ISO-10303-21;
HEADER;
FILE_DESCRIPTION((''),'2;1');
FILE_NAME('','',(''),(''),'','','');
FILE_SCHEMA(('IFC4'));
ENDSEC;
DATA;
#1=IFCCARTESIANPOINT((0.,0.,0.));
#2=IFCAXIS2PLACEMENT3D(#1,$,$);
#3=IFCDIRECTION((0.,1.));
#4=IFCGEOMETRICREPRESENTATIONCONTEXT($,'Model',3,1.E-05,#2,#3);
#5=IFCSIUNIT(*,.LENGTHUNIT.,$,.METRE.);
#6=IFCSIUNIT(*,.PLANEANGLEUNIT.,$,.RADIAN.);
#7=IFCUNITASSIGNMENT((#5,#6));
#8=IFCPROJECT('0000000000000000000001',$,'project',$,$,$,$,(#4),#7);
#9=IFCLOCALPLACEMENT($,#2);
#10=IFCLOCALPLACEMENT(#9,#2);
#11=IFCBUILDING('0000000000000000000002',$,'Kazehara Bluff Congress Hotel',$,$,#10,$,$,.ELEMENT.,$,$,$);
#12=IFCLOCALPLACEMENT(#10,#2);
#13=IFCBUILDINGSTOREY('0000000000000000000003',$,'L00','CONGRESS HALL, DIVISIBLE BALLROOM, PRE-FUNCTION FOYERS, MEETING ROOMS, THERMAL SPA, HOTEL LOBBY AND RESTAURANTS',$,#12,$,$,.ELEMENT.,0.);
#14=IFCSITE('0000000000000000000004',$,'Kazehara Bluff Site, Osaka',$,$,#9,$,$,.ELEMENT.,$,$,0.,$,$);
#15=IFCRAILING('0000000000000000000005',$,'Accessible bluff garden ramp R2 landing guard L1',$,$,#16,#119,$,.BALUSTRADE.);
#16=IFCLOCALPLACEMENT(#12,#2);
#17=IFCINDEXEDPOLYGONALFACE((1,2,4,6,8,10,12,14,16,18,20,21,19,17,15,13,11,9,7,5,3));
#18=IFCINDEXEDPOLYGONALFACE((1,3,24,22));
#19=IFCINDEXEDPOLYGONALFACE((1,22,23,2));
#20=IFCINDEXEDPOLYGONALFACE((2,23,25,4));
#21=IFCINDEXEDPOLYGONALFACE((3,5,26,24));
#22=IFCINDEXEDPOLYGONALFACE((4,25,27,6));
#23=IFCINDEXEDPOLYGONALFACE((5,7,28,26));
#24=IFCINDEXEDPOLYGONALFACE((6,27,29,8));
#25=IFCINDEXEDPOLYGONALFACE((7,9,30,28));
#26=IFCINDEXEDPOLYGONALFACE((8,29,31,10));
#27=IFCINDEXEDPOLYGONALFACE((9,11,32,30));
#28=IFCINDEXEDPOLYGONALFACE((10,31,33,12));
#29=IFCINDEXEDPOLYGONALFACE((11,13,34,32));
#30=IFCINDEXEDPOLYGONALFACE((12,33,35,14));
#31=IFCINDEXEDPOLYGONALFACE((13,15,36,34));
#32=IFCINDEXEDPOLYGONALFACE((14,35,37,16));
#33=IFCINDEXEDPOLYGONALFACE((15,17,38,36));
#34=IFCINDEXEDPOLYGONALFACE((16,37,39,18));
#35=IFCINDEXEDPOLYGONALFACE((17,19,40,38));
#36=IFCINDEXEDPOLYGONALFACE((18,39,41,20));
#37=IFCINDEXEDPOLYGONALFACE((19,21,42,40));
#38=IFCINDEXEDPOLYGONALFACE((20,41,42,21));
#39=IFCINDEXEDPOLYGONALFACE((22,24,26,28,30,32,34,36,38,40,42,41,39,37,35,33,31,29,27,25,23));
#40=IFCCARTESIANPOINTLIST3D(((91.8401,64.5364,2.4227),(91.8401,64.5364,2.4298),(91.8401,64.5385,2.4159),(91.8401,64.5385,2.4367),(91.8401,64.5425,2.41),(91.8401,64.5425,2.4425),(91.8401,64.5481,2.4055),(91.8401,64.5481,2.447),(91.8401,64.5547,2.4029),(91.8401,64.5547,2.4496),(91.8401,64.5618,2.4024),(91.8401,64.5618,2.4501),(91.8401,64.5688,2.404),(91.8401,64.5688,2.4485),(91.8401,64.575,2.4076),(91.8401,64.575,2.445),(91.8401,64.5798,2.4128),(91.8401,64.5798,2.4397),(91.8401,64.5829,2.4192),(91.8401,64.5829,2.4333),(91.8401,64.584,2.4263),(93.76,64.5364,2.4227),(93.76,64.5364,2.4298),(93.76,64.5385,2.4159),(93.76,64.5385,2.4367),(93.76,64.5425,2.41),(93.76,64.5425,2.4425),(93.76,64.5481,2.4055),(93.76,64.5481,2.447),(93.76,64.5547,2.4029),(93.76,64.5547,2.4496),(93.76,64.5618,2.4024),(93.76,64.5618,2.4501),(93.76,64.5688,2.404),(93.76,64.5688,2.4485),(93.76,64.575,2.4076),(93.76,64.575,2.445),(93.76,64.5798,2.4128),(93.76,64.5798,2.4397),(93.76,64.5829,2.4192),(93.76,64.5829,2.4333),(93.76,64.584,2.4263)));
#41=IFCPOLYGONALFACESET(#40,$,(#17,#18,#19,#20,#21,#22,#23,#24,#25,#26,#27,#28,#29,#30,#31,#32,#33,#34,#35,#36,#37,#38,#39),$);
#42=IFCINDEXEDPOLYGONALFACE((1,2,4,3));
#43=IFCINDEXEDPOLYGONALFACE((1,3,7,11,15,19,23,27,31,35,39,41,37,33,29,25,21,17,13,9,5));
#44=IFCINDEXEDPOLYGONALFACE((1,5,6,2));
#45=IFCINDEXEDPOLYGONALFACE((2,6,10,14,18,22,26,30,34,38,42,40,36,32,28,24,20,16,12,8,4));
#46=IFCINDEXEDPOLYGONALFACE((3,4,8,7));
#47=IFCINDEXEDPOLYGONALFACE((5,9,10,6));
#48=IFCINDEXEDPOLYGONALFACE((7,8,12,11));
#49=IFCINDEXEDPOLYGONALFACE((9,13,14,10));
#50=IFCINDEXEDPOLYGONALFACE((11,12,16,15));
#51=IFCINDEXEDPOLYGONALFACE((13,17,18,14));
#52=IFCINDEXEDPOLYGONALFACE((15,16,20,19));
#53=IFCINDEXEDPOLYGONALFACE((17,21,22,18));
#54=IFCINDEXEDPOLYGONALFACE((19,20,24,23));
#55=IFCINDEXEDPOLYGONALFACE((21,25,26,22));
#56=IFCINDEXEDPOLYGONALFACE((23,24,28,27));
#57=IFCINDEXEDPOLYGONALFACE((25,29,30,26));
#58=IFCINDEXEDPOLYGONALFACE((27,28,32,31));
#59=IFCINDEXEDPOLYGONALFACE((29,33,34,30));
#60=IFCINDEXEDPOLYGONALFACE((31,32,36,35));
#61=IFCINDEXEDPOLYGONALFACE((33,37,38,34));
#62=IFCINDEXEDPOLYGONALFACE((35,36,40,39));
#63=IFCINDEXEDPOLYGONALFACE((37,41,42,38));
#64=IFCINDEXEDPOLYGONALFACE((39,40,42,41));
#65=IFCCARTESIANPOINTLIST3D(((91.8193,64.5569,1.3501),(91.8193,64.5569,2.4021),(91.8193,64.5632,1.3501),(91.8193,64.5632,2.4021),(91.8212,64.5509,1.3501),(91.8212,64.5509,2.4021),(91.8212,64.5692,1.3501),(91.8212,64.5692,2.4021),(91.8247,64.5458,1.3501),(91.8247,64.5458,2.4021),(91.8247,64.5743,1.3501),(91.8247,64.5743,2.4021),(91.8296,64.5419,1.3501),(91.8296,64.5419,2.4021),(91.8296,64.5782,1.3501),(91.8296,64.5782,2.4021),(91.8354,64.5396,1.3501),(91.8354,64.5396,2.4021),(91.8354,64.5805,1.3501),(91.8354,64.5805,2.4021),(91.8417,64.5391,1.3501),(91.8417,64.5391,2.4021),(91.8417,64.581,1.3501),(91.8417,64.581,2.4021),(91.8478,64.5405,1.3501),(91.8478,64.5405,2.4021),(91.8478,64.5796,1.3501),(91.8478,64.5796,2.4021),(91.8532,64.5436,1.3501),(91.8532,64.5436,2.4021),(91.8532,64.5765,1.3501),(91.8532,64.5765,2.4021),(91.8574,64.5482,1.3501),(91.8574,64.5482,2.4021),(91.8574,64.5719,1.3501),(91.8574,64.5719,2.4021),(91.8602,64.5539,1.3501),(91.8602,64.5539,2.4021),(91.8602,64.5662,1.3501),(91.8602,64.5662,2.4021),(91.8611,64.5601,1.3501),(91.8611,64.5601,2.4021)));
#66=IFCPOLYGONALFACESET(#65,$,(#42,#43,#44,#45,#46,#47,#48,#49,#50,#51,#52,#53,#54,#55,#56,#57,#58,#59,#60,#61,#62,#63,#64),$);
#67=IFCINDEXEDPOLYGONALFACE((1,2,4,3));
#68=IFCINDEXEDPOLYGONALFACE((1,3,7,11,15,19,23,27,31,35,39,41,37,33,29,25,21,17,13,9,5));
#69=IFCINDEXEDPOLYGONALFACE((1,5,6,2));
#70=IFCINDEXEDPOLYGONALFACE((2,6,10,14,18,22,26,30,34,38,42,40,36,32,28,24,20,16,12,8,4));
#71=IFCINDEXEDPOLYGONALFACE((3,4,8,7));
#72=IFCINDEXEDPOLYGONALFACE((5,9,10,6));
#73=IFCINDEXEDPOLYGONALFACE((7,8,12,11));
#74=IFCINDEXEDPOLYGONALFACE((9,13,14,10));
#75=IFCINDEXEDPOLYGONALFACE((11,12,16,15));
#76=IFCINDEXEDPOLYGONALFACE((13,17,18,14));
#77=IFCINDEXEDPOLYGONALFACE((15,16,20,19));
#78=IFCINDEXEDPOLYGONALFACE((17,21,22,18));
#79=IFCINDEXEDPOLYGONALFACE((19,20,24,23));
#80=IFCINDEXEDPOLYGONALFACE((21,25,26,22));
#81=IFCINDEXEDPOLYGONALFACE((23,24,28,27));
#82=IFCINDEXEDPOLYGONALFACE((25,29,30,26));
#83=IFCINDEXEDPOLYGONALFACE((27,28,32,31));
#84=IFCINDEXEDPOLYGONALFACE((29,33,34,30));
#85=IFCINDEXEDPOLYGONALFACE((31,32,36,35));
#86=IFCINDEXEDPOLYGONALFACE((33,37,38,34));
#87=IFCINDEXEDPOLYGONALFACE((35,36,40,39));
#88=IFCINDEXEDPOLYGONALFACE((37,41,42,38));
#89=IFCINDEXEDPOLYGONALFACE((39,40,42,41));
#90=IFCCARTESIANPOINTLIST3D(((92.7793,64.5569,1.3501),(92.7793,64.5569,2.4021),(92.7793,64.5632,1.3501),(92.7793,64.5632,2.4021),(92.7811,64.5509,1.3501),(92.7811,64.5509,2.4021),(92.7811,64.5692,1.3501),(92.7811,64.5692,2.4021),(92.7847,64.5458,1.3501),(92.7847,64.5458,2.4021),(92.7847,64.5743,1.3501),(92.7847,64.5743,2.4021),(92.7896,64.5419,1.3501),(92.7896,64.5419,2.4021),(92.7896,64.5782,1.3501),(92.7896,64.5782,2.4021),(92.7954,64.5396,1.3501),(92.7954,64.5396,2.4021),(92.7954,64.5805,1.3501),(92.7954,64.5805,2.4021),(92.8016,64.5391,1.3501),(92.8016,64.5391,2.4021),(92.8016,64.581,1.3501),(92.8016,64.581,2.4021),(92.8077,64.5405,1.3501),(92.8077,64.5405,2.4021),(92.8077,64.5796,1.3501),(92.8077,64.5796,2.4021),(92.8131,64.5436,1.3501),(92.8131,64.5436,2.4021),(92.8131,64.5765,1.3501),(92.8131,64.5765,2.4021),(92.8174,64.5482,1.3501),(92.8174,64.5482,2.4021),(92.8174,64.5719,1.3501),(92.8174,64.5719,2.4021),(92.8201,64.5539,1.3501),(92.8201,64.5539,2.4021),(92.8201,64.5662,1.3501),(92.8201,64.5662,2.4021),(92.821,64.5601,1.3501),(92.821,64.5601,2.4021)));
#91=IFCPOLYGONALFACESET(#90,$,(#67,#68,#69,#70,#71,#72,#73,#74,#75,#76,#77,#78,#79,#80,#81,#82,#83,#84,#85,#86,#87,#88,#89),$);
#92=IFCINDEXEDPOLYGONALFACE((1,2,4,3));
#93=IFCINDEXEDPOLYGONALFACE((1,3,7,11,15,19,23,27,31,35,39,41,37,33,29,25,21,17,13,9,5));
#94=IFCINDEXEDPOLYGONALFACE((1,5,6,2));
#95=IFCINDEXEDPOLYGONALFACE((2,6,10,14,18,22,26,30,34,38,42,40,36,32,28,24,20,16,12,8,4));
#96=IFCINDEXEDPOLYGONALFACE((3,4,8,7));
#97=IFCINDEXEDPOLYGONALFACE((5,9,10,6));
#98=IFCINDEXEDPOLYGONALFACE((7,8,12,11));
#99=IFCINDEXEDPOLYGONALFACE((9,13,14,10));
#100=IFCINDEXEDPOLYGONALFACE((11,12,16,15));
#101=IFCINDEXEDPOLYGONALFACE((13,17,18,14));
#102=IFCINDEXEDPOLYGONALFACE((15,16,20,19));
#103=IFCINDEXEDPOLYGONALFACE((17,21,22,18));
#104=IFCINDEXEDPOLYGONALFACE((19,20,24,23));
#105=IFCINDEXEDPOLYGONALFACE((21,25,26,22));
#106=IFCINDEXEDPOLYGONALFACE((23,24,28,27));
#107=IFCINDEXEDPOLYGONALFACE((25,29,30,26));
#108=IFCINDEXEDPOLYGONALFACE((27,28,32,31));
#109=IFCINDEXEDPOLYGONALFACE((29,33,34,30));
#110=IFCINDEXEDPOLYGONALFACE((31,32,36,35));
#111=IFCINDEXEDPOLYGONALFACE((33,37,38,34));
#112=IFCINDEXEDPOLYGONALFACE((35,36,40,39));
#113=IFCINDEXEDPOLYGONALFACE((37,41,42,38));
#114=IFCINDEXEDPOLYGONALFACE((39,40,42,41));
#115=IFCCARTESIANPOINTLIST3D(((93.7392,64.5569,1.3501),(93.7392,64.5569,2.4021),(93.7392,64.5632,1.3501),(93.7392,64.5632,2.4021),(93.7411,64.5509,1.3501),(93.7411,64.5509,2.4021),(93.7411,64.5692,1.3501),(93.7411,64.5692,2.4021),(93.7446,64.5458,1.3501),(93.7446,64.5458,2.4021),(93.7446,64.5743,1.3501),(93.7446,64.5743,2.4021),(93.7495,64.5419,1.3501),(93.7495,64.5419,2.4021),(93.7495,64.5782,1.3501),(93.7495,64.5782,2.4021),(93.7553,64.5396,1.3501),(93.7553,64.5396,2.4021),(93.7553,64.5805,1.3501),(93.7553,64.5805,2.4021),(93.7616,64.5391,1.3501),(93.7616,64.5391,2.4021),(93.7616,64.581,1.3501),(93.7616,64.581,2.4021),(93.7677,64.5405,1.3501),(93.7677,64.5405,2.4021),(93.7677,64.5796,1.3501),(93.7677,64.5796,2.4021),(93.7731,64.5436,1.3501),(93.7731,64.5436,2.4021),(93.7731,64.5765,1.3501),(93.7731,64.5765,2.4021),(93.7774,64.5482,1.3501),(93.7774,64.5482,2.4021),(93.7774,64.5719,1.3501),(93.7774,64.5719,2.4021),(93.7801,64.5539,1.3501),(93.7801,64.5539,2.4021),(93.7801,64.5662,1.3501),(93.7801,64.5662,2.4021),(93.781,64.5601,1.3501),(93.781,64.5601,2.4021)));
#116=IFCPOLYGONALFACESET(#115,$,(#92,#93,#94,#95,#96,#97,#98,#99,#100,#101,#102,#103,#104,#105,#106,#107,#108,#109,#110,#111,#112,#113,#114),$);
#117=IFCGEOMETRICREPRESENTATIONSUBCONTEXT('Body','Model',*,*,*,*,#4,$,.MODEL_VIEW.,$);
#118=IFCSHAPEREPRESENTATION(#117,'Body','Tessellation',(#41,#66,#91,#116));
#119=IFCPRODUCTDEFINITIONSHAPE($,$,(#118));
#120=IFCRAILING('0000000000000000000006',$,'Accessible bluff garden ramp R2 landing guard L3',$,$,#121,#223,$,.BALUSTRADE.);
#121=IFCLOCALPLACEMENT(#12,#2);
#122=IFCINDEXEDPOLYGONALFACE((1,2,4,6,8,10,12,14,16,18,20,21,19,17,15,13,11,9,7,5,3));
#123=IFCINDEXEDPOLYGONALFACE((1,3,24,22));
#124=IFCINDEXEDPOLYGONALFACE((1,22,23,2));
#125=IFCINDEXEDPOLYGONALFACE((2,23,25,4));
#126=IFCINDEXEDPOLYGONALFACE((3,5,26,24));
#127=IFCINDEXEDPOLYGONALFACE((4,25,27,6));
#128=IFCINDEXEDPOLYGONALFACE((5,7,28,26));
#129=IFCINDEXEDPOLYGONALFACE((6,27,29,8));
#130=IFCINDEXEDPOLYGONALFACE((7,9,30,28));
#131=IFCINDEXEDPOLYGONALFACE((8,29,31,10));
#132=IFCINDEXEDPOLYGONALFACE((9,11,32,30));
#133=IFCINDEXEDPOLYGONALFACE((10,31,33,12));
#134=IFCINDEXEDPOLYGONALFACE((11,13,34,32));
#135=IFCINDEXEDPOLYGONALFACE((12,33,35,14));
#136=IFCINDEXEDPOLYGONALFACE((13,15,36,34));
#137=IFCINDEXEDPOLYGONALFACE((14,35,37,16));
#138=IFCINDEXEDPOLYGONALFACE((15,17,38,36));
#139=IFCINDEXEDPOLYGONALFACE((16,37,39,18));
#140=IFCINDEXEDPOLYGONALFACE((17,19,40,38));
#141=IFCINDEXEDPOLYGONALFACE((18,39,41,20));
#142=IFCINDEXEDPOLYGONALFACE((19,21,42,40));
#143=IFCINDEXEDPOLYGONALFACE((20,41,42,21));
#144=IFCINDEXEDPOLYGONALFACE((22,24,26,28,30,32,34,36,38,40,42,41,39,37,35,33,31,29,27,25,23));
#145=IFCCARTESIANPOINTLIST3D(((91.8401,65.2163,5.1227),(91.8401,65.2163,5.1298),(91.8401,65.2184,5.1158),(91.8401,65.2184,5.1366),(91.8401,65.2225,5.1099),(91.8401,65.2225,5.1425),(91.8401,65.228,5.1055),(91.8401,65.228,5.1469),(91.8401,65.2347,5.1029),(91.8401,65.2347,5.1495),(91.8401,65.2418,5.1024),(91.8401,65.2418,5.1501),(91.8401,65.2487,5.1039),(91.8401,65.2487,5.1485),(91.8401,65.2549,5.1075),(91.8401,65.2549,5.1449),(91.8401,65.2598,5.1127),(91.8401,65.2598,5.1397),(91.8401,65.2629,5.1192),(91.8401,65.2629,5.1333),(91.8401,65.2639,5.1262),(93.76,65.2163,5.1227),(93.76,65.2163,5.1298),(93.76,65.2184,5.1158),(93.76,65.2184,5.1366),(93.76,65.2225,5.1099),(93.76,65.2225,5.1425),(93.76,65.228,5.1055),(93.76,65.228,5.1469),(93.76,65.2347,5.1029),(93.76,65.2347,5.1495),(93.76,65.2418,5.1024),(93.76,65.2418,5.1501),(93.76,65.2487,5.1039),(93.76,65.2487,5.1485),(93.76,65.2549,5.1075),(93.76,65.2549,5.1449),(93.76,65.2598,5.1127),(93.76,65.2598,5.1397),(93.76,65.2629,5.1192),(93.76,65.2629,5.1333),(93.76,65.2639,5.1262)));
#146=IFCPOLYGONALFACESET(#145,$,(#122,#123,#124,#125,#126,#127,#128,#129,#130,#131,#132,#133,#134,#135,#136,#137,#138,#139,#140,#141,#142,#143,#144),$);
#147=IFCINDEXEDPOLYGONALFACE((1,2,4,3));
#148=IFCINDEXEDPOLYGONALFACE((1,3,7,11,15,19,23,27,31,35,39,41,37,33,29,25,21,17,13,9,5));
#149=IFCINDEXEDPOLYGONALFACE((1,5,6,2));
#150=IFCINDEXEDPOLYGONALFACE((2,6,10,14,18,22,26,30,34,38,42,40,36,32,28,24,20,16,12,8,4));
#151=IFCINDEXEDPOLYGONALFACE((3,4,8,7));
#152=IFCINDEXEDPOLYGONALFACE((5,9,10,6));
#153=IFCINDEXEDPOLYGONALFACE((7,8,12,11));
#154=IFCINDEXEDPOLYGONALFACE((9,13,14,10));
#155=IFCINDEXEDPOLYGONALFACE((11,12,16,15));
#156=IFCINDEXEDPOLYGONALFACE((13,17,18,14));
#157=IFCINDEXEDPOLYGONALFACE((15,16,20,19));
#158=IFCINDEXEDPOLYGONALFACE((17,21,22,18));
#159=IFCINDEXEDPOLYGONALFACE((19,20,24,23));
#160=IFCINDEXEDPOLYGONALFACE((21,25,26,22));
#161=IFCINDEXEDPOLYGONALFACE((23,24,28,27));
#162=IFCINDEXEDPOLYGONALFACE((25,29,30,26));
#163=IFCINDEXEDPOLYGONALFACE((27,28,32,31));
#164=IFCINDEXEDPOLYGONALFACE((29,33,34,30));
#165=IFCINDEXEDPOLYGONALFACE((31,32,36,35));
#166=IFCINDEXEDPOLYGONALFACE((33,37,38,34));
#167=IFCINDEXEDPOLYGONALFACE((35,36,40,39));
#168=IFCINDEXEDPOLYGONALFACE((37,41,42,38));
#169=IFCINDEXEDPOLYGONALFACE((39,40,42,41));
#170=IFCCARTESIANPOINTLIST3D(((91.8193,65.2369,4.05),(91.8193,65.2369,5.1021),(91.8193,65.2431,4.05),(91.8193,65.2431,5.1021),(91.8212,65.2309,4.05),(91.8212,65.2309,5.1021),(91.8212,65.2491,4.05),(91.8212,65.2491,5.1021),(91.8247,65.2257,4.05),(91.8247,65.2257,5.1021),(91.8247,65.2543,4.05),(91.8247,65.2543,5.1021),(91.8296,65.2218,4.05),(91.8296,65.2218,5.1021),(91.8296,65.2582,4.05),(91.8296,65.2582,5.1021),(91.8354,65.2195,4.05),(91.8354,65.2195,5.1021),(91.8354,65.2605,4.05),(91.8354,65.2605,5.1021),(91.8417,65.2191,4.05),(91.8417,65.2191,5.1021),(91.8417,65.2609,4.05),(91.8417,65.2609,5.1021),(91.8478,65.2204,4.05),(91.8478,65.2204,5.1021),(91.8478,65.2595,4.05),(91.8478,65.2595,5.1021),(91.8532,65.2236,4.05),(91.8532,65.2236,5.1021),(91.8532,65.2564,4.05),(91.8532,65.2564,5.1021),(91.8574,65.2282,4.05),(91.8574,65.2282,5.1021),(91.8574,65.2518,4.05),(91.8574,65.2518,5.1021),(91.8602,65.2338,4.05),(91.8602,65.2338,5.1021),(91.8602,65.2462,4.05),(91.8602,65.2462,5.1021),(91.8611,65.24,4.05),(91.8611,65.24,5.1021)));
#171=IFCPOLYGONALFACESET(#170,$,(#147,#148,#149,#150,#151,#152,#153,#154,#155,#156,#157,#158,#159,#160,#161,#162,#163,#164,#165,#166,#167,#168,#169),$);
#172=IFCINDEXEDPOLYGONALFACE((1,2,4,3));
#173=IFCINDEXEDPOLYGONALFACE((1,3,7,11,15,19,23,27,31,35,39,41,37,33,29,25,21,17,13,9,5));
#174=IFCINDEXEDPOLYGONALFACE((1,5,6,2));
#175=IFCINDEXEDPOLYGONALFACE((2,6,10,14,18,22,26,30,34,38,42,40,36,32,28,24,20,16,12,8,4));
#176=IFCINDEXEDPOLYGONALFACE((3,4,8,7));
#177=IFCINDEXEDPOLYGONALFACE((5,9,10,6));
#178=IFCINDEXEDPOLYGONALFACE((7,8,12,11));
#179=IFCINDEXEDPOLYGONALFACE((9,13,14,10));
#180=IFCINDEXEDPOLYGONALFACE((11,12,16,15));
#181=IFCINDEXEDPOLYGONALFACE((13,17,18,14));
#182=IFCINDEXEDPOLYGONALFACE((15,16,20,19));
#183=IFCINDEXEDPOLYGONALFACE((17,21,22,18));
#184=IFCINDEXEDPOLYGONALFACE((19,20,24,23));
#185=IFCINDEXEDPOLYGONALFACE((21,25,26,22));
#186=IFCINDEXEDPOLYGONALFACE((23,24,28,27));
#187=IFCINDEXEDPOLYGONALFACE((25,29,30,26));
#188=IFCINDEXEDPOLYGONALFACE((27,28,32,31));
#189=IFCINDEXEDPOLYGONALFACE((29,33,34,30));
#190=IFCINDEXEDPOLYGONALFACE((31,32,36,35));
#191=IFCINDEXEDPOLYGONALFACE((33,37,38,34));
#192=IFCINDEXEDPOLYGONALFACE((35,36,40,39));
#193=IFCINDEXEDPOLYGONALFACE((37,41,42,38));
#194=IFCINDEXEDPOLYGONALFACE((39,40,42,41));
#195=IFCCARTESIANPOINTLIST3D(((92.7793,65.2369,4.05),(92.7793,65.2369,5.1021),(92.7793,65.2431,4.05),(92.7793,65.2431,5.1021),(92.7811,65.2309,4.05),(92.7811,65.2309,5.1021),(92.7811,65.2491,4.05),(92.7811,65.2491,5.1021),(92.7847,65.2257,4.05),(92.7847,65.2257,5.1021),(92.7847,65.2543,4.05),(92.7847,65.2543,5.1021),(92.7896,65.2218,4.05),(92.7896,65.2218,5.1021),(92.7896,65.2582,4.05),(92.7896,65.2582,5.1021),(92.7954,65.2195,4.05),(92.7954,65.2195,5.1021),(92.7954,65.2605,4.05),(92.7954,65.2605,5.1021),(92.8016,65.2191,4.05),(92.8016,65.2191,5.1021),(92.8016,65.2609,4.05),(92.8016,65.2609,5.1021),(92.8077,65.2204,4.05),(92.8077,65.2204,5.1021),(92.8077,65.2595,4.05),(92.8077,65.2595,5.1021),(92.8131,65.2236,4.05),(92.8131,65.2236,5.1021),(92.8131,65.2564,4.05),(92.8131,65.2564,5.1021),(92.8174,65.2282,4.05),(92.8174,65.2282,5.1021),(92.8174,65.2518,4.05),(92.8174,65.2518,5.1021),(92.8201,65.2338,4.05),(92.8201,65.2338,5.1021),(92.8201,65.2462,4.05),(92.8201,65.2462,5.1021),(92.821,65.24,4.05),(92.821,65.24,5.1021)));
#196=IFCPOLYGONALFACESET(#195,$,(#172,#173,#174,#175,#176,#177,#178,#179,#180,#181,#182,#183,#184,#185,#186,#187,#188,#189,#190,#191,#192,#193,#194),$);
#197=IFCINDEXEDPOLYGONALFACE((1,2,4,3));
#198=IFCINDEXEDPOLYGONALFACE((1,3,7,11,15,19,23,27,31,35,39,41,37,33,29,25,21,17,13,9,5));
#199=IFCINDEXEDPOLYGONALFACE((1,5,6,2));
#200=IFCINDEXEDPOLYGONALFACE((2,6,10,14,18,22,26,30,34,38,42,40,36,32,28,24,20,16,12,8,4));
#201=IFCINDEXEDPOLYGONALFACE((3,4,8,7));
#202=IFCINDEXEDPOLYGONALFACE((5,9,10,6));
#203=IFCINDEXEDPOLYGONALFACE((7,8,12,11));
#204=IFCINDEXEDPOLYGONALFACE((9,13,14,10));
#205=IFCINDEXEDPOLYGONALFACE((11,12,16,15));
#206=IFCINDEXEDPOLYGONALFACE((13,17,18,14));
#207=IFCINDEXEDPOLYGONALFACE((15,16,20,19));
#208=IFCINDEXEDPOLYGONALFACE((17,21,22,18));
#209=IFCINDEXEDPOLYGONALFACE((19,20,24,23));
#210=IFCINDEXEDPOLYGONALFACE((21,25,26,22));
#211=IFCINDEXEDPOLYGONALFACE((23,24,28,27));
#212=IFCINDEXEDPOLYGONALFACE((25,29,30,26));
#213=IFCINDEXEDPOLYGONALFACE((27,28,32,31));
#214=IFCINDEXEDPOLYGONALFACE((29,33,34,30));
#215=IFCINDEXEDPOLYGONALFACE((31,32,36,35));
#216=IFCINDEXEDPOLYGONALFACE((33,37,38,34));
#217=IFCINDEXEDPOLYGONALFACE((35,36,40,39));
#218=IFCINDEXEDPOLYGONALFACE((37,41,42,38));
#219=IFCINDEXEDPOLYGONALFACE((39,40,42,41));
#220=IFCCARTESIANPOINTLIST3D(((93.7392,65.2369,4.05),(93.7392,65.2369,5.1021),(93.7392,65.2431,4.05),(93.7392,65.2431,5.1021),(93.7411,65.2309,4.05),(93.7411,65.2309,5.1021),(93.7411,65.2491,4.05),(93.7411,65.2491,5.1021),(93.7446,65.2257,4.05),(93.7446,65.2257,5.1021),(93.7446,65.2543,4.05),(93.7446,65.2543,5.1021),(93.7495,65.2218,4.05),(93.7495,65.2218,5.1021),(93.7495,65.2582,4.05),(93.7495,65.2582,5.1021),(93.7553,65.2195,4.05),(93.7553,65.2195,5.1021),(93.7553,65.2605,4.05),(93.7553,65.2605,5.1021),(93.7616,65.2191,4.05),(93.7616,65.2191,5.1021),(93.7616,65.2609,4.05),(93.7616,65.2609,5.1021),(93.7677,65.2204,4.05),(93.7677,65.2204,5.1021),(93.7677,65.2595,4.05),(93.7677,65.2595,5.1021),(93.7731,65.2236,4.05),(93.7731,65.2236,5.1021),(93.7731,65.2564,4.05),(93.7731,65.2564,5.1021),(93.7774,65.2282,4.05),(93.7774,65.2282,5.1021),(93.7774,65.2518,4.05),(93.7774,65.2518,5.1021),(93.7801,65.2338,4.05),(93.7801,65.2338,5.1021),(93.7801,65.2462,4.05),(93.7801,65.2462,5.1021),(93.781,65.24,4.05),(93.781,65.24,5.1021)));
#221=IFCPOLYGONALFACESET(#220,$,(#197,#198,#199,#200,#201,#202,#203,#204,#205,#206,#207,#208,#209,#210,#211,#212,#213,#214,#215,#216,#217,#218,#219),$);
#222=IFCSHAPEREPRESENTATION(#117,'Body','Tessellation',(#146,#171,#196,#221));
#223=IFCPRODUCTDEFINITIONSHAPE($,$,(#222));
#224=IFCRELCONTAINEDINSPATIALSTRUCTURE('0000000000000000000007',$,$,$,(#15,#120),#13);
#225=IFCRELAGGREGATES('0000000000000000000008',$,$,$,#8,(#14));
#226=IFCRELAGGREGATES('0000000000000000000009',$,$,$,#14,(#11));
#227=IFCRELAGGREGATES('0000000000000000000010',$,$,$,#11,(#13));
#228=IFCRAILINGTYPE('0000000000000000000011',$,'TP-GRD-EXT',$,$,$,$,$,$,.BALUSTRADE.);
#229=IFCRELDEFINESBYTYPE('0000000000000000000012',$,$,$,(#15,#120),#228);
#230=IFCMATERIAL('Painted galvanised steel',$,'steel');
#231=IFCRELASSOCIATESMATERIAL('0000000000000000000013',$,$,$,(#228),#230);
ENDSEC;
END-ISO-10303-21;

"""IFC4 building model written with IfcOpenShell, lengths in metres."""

from ifc_helpers import new_model, si_unit, direction, frame, origin, origin_2d, place, context, subcontext, project, spatial, circle, extrude, material, type_object, element, save


model = new_model("IFC4")

# Units and contexts
model_context = context("Model", 3, precision=1e-05, world=origin(), true_north=direction((0.0, 1.0)))
body_context = subcontext(model_context, "Body", "Model", "MODEL_VIEW")
ifc_project = project(units=[si_unit("LENGTHUNIT", "METRE"), si_unit("PLANEANGLEUNIT", "RADIAN")], contexts=[model_context])

# Site, building, storey
site_placement = place(None, origin())
site = spatial("IfcSite", under=ifc_project, at=site_placement, Name="Kazehara Bluff Site, Osaka", CompositionType="ELEMENT", RefElevation=0.0)
building_placement = place(site_placement, origin())
building = spatial("IfcBuilding", under=site, at=building_placement, Name="Kazehara Bluff Congress Hotel", CompositionType="ELEMENT")
storey_placement = place(building_placement, origin())
storey = spatial("IfcBuildingStorey", under=building, at=storey_placement, Name="L00", Description="CONGRESS HALL, DIVISIBLE BALLROOM, PRE-FUNCTION FOYERS, MEETING ROOMS, THERMAL SPA, HOTEL LOBBY AND RESTAURANTS", CompositionType="ELEMENT", Elevation=0.0)

# Railings
ifc_material_1 = material(Name="Painted galvanised steel", Category="steel")
railing_type_1 = type_object("IfcRailingType", Name="TP-GRD-EXT", PredefinedType="BALUSTRADE", material=ifc_material_1)
for number, where, name in (
    (1, (91.8401, 64.5601, 1.3501), "Accessible bluff garden ramp R2 landing guard L1"),
    (2, (91.8401, 65.24, 4.05), "Accessible bluff garden ramp R2 landing guard L3"),
):
    element("IfcRailing", number, at=place(storey_placement, frame(where)), inside=storey, type_object=railing_type_1, Name=name, PredefinedType="BALUSTRADE", context=body_context, shape_type="SweptSolid", body=[
        extrude(circle(Radius=0.0239, at=origin_2d()), frame((0.0, 0.0, 1.0762), z_axis=(1.0, 0.0, 0.0), x_axis=(0.0, 1.0, 0.0)), (0.0, 0.0, 1.0), 1.9199),
        extrude(circle(Radius=0.021, at=origin_2d()), origin(), (0.0, 0.0, 1.0), 1.052),
        extrude(circle(Radius=0.021, at=origin_2d()), frame((0.96, 0.0, 0.0)), (0.0, 0.0, 1.0), 1.052),
        extrude(circle(Radius=0.021, at=origin_2d()), frame((1.9199, 0.0, 0.0)), (0.0, 0.0, 1.0), 1.052),
    ])

save(model, "model.ifc")
